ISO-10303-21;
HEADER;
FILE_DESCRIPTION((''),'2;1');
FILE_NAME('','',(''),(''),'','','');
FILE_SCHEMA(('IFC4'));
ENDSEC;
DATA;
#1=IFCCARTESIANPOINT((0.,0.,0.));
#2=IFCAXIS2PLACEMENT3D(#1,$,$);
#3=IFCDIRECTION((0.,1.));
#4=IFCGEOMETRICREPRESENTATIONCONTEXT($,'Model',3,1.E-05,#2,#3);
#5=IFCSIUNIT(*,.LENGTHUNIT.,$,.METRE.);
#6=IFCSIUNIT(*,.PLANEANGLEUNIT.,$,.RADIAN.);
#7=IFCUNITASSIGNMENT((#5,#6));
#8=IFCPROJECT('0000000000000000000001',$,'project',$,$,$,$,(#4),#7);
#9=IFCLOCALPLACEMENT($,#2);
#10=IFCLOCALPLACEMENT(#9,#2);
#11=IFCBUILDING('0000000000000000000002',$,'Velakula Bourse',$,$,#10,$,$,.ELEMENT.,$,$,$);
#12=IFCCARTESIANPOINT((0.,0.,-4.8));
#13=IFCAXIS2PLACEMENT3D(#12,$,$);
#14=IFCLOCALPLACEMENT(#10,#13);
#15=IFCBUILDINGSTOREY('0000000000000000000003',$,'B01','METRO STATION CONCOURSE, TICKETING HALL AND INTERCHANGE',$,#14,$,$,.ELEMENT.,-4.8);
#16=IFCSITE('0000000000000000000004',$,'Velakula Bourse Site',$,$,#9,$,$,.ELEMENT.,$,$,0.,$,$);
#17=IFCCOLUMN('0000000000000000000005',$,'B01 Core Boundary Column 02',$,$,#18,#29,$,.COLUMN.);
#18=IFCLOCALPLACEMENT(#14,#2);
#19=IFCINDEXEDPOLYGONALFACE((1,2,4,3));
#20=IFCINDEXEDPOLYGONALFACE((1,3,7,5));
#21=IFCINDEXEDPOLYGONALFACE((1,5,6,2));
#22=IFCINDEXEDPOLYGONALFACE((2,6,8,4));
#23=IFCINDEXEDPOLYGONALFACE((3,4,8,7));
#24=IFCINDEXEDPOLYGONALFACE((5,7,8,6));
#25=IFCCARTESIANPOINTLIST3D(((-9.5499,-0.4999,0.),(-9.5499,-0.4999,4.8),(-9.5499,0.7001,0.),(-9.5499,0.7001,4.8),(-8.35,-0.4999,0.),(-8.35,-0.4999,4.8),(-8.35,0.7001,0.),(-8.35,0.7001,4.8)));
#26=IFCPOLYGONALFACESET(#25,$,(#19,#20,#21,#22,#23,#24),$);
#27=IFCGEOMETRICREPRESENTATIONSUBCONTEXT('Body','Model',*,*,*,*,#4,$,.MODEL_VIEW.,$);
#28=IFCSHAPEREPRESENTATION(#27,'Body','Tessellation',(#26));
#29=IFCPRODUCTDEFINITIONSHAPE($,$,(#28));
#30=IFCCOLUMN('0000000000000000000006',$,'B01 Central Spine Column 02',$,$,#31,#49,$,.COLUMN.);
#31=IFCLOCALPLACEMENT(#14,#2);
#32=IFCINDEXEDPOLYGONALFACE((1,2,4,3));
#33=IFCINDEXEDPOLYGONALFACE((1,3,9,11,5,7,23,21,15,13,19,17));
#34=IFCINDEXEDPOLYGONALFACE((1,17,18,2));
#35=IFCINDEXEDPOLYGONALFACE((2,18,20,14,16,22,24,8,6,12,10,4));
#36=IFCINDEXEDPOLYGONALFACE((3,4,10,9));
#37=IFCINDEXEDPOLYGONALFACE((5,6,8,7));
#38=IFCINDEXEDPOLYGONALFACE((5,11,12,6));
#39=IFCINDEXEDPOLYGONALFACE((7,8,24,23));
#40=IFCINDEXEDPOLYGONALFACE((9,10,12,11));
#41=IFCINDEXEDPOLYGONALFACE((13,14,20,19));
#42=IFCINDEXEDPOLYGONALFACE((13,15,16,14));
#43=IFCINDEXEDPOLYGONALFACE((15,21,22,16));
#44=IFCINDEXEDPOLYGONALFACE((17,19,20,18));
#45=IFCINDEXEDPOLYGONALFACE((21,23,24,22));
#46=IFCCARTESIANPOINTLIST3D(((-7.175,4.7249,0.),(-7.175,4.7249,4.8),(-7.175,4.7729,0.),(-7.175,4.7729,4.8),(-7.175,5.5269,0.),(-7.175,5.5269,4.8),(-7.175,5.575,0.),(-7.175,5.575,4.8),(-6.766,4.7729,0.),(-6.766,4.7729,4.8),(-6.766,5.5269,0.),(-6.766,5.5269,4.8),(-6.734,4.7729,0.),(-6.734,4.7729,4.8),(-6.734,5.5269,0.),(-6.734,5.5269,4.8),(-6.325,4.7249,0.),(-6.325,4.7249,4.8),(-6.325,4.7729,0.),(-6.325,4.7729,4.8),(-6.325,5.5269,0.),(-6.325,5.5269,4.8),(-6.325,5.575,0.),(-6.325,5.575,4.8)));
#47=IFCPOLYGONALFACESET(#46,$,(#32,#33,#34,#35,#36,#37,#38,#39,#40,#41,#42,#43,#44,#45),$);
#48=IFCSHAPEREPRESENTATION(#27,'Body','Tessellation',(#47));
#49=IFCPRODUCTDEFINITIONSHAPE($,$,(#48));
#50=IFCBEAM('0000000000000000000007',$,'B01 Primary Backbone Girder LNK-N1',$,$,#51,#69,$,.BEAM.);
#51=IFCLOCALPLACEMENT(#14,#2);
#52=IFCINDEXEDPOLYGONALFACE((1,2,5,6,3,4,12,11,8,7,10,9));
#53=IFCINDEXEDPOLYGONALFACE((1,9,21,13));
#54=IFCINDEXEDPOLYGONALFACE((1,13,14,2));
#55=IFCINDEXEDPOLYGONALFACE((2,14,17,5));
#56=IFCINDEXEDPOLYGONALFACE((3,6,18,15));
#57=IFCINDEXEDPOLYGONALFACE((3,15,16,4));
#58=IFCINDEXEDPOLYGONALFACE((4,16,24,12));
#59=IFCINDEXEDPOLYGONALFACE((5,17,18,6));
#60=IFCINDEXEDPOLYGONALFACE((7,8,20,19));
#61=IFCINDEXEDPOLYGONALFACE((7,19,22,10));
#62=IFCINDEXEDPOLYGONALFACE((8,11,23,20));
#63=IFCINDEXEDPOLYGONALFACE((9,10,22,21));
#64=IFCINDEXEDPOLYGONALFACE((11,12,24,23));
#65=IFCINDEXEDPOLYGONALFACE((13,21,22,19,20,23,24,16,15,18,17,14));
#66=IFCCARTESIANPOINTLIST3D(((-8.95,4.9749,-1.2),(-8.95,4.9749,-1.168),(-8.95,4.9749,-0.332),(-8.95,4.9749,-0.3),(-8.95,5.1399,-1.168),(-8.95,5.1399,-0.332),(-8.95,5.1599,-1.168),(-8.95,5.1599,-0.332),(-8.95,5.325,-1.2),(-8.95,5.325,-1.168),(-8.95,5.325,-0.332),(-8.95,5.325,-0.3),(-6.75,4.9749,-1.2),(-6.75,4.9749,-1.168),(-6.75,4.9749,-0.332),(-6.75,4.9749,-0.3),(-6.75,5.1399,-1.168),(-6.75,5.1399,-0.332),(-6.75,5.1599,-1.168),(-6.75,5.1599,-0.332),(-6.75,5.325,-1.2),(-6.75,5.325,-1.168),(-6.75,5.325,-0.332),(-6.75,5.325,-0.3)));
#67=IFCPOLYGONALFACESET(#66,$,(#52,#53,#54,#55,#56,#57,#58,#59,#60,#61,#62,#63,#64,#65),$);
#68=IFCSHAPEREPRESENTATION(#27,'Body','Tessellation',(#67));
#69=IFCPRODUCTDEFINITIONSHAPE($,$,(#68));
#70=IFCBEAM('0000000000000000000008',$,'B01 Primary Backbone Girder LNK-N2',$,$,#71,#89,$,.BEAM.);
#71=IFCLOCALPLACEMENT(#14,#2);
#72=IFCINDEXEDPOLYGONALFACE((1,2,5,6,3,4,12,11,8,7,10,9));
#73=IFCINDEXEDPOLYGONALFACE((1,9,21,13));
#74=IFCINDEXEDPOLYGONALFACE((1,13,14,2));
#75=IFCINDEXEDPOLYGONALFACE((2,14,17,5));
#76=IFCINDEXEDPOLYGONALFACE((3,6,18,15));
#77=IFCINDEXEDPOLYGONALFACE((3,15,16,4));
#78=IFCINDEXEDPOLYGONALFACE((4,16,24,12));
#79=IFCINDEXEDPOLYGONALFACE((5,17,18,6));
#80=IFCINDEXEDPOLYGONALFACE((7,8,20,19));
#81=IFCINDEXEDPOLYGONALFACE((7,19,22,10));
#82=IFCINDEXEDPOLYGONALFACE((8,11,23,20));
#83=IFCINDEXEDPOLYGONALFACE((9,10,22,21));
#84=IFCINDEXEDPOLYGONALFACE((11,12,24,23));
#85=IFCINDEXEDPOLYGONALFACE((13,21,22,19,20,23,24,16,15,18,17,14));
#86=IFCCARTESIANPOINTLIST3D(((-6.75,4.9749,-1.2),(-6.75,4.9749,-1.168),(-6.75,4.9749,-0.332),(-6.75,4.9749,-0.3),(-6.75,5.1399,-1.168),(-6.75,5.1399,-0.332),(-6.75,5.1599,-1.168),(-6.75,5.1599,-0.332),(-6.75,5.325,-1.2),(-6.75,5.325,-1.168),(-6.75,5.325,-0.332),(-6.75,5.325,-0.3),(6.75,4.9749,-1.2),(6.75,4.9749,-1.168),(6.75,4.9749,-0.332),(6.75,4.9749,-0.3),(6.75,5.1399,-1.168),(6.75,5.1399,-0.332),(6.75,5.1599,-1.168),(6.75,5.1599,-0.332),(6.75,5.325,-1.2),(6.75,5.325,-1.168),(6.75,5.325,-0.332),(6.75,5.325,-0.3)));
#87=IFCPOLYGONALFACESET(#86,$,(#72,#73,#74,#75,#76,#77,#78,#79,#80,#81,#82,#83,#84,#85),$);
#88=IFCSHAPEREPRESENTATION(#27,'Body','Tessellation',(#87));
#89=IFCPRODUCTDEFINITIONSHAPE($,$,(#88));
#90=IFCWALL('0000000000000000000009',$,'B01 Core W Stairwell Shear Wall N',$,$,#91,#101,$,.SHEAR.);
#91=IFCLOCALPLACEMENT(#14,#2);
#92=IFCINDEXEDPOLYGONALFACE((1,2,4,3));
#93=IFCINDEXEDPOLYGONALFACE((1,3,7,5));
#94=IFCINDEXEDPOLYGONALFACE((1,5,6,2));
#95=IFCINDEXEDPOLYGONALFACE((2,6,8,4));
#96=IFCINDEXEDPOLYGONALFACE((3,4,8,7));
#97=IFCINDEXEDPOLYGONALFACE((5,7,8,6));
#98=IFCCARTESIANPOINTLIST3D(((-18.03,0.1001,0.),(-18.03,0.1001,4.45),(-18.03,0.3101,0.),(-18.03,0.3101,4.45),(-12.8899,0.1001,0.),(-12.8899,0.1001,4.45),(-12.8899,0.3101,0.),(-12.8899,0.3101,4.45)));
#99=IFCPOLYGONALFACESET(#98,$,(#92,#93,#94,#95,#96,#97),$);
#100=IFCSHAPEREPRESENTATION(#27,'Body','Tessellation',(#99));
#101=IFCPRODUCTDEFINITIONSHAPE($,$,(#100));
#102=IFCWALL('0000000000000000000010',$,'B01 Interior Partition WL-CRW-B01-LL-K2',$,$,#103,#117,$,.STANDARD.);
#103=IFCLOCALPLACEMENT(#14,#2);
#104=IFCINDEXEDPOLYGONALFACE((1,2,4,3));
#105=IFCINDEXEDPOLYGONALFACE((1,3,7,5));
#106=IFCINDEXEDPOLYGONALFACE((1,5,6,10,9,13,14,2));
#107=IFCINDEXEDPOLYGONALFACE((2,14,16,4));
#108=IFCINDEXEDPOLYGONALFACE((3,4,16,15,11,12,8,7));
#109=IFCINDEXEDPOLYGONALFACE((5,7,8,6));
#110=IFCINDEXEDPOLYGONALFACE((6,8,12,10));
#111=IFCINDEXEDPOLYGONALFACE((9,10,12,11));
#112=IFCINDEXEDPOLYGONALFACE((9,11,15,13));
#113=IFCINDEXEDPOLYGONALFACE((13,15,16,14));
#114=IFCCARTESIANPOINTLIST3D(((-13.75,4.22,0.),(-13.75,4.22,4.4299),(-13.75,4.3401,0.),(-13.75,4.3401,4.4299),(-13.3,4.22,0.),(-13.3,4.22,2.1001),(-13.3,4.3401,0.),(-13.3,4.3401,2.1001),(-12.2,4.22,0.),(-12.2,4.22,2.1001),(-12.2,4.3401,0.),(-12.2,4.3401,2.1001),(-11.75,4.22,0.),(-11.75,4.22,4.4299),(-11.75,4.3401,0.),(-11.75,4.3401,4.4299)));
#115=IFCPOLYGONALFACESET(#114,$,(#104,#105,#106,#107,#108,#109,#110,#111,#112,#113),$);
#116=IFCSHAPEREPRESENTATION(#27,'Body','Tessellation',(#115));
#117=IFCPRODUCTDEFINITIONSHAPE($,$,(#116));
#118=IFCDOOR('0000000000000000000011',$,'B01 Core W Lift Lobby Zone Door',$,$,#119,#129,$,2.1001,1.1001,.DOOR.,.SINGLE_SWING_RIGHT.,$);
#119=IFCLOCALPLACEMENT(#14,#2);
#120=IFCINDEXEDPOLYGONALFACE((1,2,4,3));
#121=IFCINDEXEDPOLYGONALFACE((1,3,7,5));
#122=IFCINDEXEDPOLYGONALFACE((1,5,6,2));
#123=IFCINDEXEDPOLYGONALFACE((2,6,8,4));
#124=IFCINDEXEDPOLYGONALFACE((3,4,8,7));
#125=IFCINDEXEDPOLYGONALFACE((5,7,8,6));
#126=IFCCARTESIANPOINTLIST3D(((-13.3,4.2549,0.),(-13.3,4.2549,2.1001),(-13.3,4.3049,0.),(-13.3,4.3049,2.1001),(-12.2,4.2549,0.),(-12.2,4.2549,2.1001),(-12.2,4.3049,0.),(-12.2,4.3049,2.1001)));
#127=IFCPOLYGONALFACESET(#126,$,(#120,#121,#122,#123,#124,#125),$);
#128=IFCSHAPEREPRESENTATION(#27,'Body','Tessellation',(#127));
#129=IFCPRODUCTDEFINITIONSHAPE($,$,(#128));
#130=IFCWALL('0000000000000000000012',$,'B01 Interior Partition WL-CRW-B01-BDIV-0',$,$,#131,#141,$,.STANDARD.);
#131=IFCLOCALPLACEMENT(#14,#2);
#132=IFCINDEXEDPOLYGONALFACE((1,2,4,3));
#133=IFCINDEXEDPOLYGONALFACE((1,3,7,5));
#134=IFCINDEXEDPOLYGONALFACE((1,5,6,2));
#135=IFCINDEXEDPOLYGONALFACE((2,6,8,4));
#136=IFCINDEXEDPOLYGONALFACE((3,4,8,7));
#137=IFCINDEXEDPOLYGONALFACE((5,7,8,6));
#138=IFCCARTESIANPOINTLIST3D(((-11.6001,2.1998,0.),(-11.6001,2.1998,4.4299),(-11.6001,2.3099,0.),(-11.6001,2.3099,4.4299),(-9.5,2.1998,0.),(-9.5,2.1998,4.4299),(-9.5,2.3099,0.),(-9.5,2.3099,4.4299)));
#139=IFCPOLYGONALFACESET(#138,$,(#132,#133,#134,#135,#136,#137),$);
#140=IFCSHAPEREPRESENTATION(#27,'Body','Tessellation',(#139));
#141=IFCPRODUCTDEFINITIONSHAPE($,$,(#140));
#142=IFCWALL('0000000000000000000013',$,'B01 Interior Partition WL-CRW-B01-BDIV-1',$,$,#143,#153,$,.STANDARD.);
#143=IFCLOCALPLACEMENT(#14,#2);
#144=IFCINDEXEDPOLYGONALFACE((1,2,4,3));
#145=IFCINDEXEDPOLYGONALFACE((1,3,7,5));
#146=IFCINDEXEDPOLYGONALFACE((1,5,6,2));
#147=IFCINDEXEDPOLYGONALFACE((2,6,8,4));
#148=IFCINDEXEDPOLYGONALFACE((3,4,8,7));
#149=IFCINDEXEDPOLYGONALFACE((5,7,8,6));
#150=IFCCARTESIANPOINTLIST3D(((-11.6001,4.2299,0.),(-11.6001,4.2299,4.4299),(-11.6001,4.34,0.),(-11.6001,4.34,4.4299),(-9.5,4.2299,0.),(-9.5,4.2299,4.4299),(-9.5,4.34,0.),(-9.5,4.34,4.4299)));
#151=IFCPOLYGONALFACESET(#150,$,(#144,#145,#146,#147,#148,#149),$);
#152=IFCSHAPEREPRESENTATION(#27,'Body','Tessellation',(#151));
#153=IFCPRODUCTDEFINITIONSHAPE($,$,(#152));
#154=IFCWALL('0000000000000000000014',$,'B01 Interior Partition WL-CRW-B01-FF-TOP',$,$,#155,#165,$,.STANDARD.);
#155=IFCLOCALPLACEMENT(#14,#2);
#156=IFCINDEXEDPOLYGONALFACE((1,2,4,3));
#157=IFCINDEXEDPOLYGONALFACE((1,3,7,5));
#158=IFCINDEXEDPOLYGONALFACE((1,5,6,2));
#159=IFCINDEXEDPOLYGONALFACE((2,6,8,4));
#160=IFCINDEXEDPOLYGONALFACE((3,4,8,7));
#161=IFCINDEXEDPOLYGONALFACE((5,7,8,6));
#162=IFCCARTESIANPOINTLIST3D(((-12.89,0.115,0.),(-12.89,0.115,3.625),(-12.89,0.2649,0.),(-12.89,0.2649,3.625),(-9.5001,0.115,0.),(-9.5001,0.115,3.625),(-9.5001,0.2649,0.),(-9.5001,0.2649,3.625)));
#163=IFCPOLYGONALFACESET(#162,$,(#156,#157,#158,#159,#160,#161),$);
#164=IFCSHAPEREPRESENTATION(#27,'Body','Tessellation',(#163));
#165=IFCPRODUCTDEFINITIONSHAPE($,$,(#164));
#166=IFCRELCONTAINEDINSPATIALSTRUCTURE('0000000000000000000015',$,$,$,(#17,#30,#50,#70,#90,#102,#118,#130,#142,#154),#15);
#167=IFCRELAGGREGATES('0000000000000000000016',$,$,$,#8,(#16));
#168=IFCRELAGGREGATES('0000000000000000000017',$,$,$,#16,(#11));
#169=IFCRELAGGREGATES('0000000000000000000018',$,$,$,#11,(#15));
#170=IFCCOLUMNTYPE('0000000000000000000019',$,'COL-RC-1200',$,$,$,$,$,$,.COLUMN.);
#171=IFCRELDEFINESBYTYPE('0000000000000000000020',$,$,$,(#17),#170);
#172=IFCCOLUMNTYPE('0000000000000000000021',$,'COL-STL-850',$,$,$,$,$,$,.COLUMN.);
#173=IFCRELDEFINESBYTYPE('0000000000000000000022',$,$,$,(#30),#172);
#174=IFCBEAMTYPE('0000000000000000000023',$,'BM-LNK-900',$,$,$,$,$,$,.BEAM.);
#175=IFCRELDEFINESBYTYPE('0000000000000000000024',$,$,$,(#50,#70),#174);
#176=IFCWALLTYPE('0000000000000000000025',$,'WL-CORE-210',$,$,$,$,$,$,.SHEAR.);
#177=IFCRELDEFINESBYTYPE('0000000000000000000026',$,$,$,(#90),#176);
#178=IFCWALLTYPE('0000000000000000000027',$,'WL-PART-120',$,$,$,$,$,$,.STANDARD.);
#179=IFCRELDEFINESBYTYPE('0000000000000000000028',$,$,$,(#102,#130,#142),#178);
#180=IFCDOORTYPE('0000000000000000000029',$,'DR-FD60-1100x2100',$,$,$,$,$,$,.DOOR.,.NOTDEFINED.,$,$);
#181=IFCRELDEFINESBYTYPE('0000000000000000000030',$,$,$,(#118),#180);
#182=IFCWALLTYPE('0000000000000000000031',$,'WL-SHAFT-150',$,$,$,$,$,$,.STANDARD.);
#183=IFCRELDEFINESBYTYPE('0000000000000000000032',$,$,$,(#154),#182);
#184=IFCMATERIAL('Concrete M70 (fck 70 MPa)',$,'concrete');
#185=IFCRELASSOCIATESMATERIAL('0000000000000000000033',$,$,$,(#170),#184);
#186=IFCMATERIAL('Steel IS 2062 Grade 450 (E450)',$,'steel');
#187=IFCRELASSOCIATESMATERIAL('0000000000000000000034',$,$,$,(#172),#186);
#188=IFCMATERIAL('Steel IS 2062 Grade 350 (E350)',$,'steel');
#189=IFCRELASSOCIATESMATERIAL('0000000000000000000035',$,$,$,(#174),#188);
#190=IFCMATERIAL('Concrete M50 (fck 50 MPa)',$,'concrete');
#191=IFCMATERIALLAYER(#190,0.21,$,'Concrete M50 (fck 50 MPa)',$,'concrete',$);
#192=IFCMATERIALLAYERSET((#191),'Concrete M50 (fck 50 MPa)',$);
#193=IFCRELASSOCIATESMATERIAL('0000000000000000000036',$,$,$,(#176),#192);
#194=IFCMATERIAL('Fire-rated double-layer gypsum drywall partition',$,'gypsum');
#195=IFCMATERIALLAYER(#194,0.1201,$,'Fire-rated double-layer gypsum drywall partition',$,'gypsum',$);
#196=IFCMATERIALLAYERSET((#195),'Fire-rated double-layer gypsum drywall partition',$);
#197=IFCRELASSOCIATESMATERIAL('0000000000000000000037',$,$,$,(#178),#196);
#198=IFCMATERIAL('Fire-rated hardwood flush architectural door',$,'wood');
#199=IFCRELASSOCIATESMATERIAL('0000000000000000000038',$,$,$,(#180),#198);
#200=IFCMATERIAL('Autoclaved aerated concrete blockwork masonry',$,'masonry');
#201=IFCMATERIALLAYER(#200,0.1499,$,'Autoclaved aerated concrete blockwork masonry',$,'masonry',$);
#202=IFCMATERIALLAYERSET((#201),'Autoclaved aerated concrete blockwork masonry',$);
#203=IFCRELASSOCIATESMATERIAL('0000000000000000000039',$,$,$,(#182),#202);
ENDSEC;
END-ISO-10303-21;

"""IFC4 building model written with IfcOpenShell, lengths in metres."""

from ifc_helpers import new_model, si_unit, direction, frame, frame_2d, origin, origin_2d, place, context, subcontext, project, spatial, rectangle, i_section, extrude, material, layer, layer_set, material_profile, profile_set, type_object, element, fill, save


model = new_model("IFC4")

# Units and contexts
model_context = context("Model", 3, precision=1e-05, world=origin(), true_north=direction((0.0, 1.0)))
body_context = subcontext(model_context, "Body", "Model", "MODEL_VIEW")
ifc_project = project(units=[si_unit("LENGTHUNIT", "METRE"), si_unit("PLANEANGLEUNIT", "RADIAN")], contexts=[model_context])

# Site, building, storey
site_placement = place(None, origin())
site = spatial("IfcSite", under=ifc_project, at=site_placement, Name="Velakula Bourse Site", CompositionType="ELEMENT", RefElevation=0.0)
building_placement = place(site_placement, origin())
building = spatial("IfcBuilding", under=site, at=building_placement, Name="Velakula Bourse", CompositionType="ELEMENT")
storey_placement = place(building_placement, frame((0.0, 0.0, -4.8)))
storey = spatial("IfcBuildingStorey", under=building, at=storey_placement, Name="B01", Description="METRO STATION CONCOURSE, TICKETING HALL AND INTERCHANGE", CompositionType="ELEMENT", Elevation=-4.8)

# Columns
ifc_material_1 = material(Name="Concrete M70 (fck 70 MPa)", Category="concrete")
ifc_material_profile_1 = material_profile(ifc_material_1, rectangle(XDim=1.2, YDim=1.2, at=origin_2d()), Name="Concrete M70 (fck 70 MPa)")
ifc_profile_set_1 = profile_set([ifc_material_profile_1], Name="Concrete M70 (fck 70 MPa)")
column_type_1 = type_object("IfcColumnType", Name="COL-RC-1200", PredefinedType="COLUMN", material=ifc_profile_set_1)
column_1_placement = place(storey_placement, frame((-8.95, 0.1001, 0.0), z_axis=(0.0, 0.0, 1.0), x_axis=(1.0, 0.0, 0.0)))
element("IfcColumn", 1, at=column_1_placement, inside=storey, type_object=column_type_1, Name="B01 Core Boundary Column 02", PredefinedType="COLUMN", context=body_context, shape_type="SweptSolid", body=[
    extrude(rectangle(XDim=1.2, YDim=1.2, at=origin_2d()), origin(), (0.0, 0.0, 1.0), 4.8),
])
ifc_material_2 = material(Name="Steel IS 2062 Grade 450 (E450)", Category="steel")
ifc_material_profile_2 = material_profile(ifc_material_2, i_section(OverallWidth=0.8501, OverallDepth=0.8501, WebThickness=0.032, FlangeThickness=0.0481, at=origin_2d()), Name="Steel IS 2062 Grade 450 (E450)")
ifc_profile_set_2 = profile_set([ifc_material_profile_2], Name="Steel IS 2062 Grade 450 (E450)")
column_type_2 = type_object("IfcColumnType", Name="COL-STL-850", PredefinedType="COLUMN", material=ifc_profile_set_2)
column_2_placement = place(storey_placement, frame((-6.75, 5.1499, 0.0), z_axis=(0.0, 0.0, 1.0), x_axis=(1.0, 0.0, 0.0)))
element("IfcColumn", 2, at=column_2_placement, inside=storey, type_object=column_type_2, Name="B01 Central Spine Column 02", PredefinedType="COLUMN", context=body_context, shape_type="SweptSolid", body=[
    extrude(i_section(OverallWidth=0.8501, OverallDepth=0.8501, WebThickness=0.032, FlangeThickness=0.0481, at=origin_2d()), origin(), (0.0, 0.0, 1.0), 4.8),
])

# Beams
ifc_material_3 = material(Name="Steel IS 2062 Grade 350 (E350)", Category="steel")
ifc_material_profile_3 = material_profile(ifc_material_3, i_section(OverallWidth=0.3501, OverallDepth=0.8999, WebThickness=0.02, FlangeThickness=0.032, at=origin_2d()), Name="Steel IS 2062 Grade 350 (E350)")
ifc_profile_set_3 = profile_set([ifc_material_profile_3], Name="Steel IS 2062 Grade 350 (E350)")
beam_type = type_object("IfcBeamType", Name="BM-LNK-900", PredefinedType="BEAM", material=ifc_profile_set_3)
beam_1_placement = place(storey_placement, frame((-8.95, 5.1499, -0.75), z_axis=(1.0, 0.0, 0.0), x_axis=(0.0, 1.0, 0.0)))
element("IfcBeam", 3, at=beam_1_placement, inside=storey, type_object=beam_type, Name="B01 Primary Backbone Girder LNK-N1", PredefinedType="BEAM", context=body_context, shape_type="SweptSolid", body=[
    extrude(i_section(OverallWidth=0.3501, OverallDepth=0.8999, WebThickness=0.02, FlangeThickness=0.032, at=origin_2d()), origin(), (0.0, 0.0, 1.0), 2.2),
])
beam_2_placement = place(storey_placement, frame((-6.75, 5.1499, -0.75), z_axis=(1.0, 0.0, 0.0), x_axis=(0.0, 1.0, 0.0)))
element("IfcBeam", 4, at=beam_2_placement, inside=storey, type_object=beam_type, Name="B01 Primary Backbone Girder LNK-N2", PredefinedType="BEAM", context=body_context, shape_type="SweptSolid", body=[
    extrude(i_section(OverallWidth=0.3501, OverallDepth=0.8999, WebThickness=0.02, FlangeThickness=0.032, at=origin_2d()), origin(), (0.0, 0.0, 1.0), 13.5),
])

# Wall
ifc_material_4 = material(Name="Concrete M50 (fck 50 MPa)", Category="concrete")
ifc_layer_1 = layer(ifc_material_4, 0.21, Name="Concrete M50 (fck 50 MPa)", Category="concrete")
ifc_layer_set_1 = layer_set([ifc_layer_1], Name="Concrete M50 (fck 50 MPa)")
wall_type_1 = type_object("IfcWallType", Name="WL-CORE-210", PredefinedType="SHEAR", material=ifc_layer_set_1)
wall_1_placement = place(storey_placement, frame((-12.8899, 0.2051, 0.0), z_axis=(0.0, 0.0, 1.0), x_axis=(-1.0, 0.0, 0.0)))
element("IfcWall", 5, at=wall_1_placement, inside=storey, type_object=wall_type_1, Name="B01 Core W Stairwell Shear Wall N", PredefinedType="SHEAR", context=body_context, shape_type="SweptSolid", body=[
    extrude(rectangle(XDim=5.1401, YDim=0.21, at=frame_2d((2.5701, 0.0))), origin(), (0.0, 0.0, 1.0), 4.45),
])

# Wall, opening, door
ifc_material_5 = material(Name="Fire-rated double-layer gypsum drywall partition", Category="gypsum")
ifc_layer_2 = layer(ifc_material_5, 0.1201, Name="Fire-rated double-layer gypsum drywall partition", Category="gypsum")
ifc_layer_set_2 = layer_set([ifc_layer_2], Name="Fire-rated double-layer gypsum drywall partition")
wall_type_2 = type_object("IfcWallType", Name="WL-PART-120", PredefinedType="STANDARD", material=ifc_layer_set_2)
wall_2_placement = place(storey_placement, frame((-13.75, 4.28, 0.0), z_axis=(0.0, 0.0, 1.0), x_axis=(1.0, 0.0, 0.0)))
wall_2 = element("IfcWall", 6, at=wall_2_placement, inside=storey, type_object=wall_type_2, Name="B01 Interior Partition WL-CRW-B01-LL-K2", PredefinedType="STANDARD", context=body_context, shape_type="SweptSolid", body=[
    extrude(rectangle(XDim=2.0, YDim=0.1201, at=frame_2d((1.0, 0.0))), origin(), (0.0, 0.0, 1.0), 4.4299),
])
opening_1_placement = place(wall_2_placement, frame((0.45, 0.0, 0.0)))
opening_1 = element("IfcOpeningElement", 7, at=opening_1_placement, cuts=wall_2, PredefinedType="OPENING", context=body_context, shape_type="SweptSolid", body=[
    extrude(rectangle(XDim=1.1001, YDim=2.1001, at=frame_2d((0.55, 1.05))), frame((0.0, 0.0701, 0.0), z_axis=(0.0, -1.0, 0.0), x_axis=(1.0, 0.0, 0.0)), (0.0, 0.0, 1.0), 0.1401),
])
ifc_material_6 = material(Name="Fire-rated hardwood flush architectural door", Category="wood")
door_type_1 = type_object("IfcDoorType", Name="DR-FD60-1100x2100", OperationType="NOTDEFINED", PredefinedType="DOOR", material=ifc_material_6)
door_1_placement = place(opening_1_placement, origin())
door_1 = element("IfcDoor", 8, at=door_1_placement, inside=storey, type_object=door_type_1, Name="B01 Core W Lift Lobby Zone Door", OperationType="SINGLE_SWING_RIGHT", OverallHeight=2.1001, OverallWidth=1.1001, PredefinedType="DOOR", context=body_context, shape_type="SweptSolid", body=[
    extrude(rectangle(XDim=1.1001, YDim=2.1001, at=frame_2d((0.55, 1.05))), frame((0.0, 0.0249, 0.0), z_axis=(0.0, -1.0, 0.0), x_axis=(1.0, 0.0, 0.0)), (0.0, 0.0, 1.0), 0.05),
])
fill(opening_1, door_1)

# Walls
for number, where, z_axis, x_axis, name in (
    (9, (-11.6001, 2.2549, 0.0), (0.0, 0.0, 1.0), (1.0, 0.0, 0.0), "B01 Interior Partition WL-CRW-B01-BDIV-0"),
    (10, (-11.6001, 4.2849, 0.0), (0.0, 0.0, 1.0), (1.0, 0.0, 0.0), "B01 Interior Partition WL-CRW-B01-BDIV-1"),
):
    element("IfcWall", number, at=place(storey_placement, frame(where, z_axis=z_axis, x_axis=x_axis)), inside=storey, type_object=wall_type_2, Name=name, PredefinedType="STANDARD", context=body_context, shape_type="SweptSolid", body=[
        extrude(rectangle(XDim=2.1001, YDim=0.1101, at=frame_2d((1.05, 0.0))), origin(), (0.0, 0.0, 1.0), 4.4299),
    ])
ifc_material_7 = material(Name="Autoclaved aerated concrete blockwork masonry", Category="masonry")
ifc_layer_3 = layer(ifc_material_7, 0.1499, Name="Autoclaved aerated concrete blockwork masonry", Category="masonry")
ifc_layer_set_3 = layer_set([ifc_layer_3], Name="Autoclaved aerated concrete blockwork masonry")
wall_type_3 = type_object("IfcWallType", Name="WL-SHAFT-150", PredefinedType="STANDARD", material=ifc_layer_set_3)
wall_3_placement = place(storey_placement, frame((-12.8899, 0.1899, 0.0), z_axis=(0.0, 0.0, 1.0), x_axis=(1.0, 0.0, 0.0)))
element("IfcWall", 11, at=wall_3_placement, inside=storey, type_object=wall_type_3, Name="B01 Interior Partition WL-CRW-B01-FF-TOP", PredefinedType="STANDARD", context=body_context, shape_type="SweptSolid", body=[
    extrude(rectangle(XDim=3.3899, YDim=0.1499, at=frame_2d((1.6948, 0.0))), origin(), (0.0, 0.0, 1.0), 3.625),
])

save(model, "model.ifc")
